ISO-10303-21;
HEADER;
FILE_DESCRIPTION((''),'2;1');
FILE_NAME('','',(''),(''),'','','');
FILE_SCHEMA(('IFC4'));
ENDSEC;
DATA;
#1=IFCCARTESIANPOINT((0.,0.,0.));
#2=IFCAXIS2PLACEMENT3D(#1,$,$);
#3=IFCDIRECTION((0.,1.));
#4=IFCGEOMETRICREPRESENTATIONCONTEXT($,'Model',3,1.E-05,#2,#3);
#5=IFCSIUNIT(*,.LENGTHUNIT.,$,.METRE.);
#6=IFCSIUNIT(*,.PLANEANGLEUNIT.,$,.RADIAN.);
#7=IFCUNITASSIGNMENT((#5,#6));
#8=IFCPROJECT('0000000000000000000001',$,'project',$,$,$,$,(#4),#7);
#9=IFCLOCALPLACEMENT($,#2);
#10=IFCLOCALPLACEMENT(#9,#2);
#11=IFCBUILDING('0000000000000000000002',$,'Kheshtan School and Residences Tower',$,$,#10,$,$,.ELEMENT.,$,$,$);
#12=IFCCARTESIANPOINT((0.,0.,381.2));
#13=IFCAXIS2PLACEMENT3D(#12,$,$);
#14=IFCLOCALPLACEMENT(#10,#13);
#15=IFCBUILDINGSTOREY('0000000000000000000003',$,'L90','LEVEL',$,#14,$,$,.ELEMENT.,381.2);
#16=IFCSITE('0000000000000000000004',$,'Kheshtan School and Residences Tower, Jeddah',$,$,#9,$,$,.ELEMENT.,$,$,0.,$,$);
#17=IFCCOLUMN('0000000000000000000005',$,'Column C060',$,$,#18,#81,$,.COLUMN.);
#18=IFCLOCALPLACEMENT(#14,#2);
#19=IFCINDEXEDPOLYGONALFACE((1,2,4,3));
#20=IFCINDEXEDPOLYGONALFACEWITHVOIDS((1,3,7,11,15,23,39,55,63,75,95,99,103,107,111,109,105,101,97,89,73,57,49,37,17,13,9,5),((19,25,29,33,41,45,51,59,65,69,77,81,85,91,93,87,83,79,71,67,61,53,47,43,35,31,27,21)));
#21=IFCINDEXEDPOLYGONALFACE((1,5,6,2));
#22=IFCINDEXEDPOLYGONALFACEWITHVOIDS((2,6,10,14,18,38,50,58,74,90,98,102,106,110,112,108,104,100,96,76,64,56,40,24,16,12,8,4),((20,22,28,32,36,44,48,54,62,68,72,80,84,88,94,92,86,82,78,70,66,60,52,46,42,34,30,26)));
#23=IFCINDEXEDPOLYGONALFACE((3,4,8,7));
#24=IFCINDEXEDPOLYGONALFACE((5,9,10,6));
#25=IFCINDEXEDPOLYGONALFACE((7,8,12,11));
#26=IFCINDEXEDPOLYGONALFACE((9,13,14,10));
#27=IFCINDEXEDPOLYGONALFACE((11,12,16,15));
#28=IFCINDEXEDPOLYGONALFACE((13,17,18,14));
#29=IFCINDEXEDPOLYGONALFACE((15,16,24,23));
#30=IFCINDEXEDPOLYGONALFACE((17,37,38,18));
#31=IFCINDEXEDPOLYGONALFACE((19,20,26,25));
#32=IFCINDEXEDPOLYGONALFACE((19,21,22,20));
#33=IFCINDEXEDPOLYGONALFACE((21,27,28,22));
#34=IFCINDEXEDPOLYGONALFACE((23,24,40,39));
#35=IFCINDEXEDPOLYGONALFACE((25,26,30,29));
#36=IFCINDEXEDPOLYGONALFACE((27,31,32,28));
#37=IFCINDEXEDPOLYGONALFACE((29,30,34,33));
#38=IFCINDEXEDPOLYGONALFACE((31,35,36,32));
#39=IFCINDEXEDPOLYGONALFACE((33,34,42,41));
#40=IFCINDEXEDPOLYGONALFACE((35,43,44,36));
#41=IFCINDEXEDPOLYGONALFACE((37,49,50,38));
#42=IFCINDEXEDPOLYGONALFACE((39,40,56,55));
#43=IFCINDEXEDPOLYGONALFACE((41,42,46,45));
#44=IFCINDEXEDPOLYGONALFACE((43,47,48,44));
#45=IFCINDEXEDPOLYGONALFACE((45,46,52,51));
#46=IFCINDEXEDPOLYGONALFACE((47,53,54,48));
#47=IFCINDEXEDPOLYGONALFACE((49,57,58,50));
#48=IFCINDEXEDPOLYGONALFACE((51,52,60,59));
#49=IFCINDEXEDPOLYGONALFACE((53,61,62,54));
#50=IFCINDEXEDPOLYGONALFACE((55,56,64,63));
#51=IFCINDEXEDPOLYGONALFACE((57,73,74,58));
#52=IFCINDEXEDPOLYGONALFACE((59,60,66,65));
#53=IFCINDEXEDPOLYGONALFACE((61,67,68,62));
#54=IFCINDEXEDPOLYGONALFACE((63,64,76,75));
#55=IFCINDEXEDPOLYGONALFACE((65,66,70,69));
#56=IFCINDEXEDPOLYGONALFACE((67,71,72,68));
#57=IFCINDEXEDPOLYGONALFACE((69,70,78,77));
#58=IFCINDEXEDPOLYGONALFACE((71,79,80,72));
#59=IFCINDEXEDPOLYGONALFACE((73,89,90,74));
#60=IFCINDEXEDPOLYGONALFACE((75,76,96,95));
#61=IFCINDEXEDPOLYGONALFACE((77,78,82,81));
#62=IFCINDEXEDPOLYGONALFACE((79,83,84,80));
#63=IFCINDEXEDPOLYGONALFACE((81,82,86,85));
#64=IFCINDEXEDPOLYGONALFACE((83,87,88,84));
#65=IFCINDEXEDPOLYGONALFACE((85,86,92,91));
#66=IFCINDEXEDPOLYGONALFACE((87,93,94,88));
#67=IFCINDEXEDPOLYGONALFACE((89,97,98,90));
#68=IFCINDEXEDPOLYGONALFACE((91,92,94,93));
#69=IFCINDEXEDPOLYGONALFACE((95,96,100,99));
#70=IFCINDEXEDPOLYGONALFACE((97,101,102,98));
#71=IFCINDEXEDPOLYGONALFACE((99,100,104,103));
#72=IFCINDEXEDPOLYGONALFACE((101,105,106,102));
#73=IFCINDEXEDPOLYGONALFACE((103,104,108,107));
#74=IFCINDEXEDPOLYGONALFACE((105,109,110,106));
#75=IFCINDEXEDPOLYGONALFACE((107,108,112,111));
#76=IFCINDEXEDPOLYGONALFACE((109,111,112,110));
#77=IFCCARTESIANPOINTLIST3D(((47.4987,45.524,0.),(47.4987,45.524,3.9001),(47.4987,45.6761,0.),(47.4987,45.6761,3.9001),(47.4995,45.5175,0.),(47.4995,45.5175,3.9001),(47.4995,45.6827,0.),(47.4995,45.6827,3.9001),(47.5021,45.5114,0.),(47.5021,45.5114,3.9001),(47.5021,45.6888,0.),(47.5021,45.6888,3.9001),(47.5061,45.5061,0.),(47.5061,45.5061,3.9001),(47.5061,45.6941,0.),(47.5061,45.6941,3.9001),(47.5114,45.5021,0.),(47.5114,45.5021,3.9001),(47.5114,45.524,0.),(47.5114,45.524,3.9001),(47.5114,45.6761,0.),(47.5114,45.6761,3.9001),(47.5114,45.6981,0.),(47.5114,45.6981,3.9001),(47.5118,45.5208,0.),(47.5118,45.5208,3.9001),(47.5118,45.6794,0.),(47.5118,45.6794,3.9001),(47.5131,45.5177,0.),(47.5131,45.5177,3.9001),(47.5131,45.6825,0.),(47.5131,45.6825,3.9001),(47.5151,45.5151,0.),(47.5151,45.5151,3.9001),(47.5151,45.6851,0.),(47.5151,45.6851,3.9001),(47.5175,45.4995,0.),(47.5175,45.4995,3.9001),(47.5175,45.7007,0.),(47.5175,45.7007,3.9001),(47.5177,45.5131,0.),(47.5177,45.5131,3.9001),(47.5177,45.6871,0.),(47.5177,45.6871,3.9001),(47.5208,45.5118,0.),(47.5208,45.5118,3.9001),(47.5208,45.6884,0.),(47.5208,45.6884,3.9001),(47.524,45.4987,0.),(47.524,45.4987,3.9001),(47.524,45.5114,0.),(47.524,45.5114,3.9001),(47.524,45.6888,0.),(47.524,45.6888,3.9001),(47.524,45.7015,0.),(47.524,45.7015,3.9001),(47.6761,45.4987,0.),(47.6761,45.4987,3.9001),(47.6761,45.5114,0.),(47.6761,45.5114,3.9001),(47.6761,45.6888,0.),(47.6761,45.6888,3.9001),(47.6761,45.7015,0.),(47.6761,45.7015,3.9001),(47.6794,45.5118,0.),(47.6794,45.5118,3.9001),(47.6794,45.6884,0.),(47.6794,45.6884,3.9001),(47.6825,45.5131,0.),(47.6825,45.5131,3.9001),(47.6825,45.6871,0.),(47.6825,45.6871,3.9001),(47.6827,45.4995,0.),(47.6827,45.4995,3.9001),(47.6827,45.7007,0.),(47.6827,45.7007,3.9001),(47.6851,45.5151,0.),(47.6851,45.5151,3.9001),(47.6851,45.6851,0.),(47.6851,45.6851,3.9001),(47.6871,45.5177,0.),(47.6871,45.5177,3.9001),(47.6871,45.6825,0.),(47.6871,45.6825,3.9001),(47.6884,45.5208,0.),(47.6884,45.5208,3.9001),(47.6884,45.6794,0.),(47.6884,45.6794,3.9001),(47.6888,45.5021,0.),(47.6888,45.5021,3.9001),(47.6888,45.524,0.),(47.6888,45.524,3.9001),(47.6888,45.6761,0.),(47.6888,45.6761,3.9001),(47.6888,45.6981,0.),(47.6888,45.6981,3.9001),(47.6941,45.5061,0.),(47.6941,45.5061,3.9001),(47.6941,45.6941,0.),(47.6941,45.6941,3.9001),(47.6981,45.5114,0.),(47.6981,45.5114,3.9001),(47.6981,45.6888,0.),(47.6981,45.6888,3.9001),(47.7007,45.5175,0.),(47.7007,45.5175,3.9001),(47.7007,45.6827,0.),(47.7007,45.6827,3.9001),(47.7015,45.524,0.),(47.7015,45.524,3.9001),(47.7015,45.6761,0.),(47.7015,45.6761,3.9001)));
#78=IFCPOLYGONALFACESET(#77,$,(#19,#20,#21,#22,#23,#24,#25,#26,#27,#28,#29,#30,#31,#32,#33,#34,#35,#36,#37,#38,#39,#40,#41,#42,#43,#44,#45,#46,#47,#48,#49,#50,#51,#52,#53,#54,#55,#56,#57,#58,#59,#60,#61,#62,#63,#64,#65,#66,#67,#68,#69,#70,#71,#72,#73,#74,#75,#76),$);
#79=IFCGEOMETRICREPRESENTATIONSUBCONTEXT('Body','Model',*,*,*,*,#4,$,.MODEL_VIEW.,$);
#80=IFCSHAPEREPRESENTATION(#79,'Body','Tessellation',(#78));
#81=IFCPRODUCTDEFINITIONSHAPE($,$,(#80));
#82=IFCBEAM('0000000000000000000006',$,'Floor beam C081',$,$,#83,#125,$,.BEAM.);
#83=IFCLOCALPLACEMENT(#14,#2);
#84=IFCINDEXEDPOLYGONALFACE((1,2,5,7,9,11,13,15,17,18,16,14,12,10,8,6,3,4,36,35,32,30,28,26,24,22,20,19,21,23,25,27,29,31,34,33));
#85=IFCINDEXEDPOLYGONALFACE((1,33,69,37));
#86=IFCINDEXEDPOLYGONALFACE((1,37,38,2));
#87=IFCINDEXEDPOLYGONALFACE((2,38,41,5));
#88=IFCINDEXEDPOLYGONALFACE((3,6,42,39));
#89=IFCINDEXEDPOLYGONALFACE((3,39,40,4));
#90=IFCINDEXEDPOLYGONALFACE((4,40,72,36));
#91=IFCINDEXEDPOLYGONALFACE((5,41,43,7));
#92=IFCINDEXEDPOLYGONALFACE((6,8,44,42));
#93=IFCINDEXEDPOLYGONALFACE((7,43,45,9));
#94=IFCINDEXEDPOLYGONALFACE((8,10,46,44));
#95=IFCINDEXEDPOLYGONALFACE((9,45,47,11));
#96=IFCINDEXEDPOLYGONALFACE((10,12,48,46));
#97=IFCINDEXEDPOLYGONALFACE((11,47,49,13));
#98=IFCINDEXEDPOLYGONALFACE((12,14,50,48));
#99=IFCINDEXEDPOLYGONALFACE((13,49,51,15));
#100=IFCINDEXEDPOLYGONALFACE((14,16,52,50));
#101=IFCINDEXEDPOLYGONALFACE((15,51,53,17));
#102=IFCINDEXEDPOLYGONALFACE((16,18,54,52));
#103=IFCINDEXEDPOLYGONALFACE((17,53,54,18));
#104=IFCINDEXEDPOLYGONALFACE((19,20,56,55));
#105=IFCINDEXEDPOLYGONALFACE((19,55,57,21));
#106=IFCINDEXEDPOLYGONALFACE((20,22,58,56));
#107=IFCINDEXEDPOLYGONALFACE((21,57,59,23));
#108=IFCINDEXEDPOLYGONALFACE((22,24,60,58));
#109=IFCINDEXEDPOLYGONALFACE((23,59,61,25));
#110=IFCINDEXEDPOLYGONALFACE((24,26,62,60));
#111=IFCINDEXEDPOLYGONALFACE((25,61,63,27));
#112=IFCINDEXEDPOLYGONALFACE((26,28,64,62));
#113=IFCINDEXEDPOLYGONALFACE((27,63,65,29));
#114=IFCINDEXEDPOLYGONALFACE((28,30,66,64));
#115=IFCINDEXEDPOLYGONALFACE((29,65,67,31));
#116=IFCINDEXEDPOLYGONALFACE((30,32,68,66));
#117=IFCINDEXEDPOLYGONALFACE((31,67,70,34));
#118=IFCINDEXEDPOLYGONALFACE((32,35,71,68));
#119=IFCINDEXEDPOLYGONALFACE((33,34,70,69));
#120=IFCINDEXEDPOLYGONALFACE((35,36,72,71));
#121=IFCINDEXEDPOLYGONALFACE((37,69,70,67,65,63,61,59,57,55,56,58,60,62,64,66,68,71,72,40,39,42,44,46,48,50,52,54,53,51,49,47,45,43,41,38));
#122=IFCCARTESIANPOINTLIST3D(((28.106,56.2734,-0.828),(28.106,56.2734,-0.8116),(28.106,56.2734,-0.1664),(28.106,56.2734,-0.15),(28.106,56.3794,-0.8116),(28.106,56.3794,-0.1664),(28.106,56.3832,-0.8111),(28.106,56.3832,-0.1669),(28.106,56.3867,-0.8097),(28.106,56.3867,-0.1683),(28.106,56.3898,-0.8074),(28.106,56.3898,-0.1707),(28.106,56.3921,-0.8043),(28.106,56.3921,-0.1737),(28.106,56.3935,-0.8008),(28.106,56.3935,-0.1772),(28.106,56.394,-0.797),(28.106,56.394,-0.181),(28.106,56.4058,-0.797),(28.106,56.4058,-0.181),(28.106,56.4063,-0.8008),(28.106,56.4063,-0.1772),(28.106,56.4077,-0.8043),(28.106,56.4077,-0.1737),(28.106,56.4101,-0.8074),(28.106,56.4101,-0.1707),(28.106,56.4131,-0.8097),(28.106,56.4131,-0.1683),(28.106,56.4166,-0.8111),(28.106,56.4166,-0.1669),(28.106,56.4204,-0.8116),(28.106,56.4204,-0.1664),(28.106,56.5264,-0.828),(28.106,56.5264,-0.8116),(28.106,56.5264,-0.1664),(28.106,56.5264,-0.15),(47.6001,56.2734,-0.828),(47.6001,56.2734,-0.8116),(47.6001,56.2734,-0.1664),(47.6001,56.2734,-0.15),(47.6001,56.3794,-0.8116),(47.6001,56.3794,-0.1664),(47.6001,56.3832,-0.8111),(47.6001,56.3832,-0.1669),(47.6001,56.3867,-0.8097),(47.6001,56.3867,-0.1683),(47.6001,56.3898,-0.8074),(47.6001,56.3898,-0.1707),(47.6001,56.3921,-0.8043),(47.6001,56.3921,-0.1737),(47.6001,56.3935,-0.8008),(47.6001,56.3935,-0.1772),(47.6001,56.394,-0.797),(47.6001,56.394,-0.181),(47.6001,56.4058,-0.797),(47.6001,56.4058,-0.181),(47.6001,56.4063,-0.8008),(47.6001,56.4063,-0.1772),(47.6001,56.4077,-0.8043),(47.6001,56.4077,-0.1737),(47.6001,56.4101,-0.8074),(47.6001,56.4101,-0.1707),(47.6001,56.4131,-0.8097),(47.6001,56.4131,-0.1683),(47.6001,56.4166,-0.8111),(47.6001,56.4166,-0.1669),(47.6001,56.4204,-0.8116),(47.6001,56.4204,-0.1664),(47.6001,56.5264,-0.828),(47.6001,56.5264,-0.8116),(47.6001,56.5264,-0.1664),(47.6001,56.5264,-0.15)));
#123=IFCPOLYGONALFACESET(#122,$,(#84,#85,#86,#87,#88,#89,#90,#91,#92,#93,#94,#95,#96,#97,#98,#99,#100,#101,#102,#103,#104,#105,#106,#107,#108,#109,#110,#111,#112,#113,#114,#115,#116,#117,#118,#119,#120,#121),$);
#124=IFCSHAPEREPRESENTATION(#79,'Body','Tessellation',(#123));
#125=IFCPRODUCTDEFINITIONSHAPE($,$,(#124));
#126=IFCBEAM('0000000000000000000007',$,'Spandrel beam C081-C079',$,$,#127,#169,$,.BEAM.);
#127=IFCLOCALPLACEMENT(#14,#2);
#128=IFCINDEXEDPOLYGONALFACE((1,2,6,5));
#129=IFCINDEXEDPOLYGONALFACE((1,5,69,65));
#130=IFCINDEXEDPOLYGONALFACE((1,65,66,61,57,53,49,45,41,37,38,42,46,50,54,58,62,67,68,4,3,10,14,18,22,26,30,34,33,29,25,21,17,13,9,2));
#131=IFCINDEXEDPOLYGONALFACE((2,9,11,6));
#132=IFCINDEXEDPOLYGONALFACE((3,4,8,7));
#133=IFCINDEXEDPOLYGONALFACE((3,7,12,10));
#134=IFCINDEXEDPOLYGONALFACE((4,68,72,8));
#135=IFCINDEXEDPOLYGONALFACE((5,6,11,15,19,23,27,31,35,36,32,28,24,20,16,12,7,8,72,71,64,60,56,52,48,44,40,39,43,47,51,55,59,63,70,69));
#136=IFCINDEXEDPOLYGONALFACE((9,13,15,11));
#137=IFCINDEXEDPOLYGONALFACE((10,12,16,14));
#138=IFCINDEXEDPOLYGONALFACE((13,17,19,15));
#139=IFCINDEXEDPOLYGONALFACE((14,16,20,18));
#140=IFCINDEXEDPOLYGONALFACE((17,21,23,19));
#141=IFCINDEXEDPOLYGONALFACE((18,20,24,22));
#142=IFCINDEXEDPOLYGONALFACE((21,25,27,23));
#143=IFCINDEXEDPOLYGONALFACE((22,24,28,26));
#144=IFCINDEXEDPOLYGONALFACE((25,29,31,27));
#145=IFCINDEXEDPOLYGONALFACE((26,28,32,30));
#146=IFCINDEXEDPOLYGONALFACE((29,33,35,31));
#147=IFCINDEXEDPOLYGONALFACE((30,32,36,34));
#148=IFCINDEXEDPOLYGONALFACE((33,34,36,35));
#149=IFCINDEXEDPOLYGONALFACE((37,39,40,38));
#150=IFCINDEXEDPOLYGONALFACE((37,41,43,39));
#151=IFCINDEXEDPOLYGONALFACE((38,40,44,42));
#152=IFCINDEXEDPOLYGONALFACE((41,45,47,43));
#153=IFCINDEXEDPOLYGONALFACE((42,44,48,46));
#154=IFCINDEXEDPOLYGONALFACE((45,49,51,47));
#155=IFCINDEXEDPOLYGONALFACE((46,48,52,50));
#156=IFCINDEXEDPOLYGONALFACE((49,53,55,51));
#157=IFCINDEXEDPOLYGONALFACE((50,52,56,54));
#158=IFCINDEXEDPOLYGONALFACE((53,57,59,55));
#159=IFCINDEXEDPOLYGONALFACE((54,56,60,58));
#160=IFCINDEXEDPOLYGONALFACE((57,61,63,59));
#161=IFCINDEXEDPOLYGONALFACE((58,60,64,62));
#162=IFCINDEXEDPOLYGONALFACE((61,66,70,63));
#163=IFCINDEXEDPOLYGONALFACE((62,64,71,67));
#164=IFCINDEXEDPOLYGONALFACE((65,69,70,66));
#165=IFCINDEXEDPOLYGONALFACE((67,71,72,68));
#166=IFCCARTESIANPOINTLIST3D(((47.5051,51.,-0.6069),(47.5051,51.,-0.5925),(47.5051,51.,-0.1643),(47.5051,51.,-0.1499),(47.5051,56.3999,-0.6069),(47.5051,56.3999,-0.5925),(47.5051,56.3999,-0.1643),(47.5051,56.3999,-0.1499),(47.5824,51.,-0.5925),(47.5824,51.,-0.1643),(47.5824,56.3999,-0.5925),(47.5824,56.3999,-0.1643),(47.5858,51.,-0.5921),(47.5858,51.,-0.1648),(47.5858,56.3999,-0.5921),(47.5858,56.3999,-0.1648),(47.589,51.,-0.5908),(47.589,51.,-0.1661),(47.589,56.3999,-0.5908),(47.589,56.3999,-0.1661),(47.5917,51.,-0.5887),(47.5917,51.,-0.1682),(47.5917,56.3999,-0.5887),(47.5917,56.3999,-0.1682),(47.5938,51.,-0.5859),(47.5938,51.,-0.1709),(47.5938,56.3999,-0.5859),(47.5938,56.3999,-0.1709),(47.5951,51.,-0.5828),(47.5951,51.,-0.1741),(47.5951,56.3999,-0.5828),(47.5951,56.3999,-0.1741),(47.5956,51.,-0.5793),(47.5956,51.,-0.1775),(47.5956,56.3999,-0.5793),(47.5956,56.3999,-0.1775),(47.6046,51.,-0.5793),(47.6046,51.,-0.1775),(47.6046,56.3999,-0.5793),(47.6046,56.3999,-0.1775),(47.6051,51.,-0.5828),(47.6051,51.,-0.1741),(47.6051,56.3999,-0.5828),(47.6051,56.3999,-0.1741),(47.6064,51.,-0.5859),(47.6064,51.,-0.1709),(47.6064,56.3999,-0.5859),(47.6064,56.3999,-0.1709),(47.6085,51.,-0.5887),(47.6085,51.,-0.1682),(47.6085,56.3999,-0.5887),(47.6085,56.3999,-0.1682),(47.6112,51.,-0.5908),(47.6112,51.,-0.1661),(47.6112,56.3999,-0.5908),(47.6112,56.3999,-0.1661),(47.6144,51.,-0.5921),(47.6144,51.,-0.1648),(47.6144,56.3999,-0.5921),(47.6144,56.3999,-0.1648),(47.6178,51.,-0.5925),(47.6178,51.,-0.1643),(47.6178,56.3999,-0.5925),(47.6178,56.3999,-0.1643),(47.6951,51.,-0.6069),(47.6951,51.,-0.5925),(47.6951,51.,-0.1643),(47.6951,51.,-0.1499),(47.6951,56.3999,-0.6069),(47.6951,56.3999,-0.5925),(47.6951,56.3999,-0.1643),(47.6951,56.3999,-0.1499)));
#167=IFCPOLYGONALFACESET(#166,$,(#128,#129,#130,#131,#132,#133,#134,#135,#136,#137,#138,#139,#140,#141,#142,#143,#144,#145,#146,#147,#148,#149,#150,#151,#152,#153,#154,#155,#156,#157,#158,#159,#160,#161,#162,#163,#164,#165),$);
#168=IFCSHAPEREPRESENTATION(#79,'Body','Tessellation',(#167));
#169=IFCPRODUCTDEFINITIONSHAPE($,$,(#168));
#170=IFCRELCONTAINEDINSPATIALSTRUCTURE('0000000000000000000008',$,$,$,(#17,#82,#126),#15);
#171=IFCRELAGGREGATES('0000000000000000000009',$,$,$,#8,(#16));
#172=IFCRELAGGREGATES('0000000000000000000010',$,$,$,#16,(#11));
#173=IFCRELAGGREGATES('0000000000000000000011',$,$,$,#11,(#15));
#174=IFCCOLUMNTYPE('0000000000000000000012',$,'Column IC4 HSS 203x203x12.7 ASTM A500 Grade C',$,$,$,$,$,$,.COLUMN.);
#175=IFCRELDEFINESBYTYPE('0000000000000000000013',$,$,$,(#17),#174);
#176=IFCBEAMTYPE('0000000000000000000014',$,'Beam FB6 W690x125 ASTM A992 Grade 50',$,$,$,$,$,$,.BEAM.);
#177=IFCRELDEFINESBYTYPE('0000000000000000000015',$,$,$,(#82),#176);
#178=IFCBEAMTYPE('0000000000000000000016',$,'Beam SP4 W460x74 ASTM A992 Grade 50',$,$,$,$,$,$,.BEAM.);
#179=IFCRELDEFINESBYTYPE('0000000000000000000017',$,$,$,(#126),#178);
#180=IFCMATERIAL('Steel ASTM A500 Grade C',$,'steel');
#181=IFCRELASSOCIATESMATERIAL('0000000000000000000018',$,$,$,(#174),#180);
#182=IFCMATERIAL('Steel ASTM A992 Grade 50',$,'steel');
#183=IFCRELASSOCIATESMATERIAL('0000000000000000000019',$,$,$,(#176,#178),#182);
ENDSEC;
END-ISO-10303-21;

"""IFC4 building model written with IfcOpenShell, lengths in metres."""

from ifc_helpers import new_model, si_unit, direction, frame, origin, origin_2d, place, context, subcontext, project, spatial, hollow_rectangle, i_section, extrude, material, material_profile, profile_set, type_object, element, save


model = new_model("IFC4")

# Units and contexts
model_context = context("Model", 3, precision=1e-05, world=origin(), true_north=direction((0.0, 1.0)))
body_context = subcontext(model_context, "Body", "Model", "MODEL_VIEW")
ifc_project = project(units=[si_unit("LENGTHUNIT", "METRE"), si_unit("PLANEANGLEUNIT", "RADIAN")], contexts=[model_context])

# Site, building, storey
site_placement = place(None, origin())
site = spatial("IfcSite", under=ifc_project, at=site_placement, Name="Kheshtan School and Residences Tower, Jeddah", CompositionType="ELEMENT", RefElevation=0.0)
building_placement = place(site_placement, origin())
building = spatial("IfcBuilding", under=site, at=building_placement, Name="Kheshtan School and Residences Tower", CompositionType="ELEMENT")
storey_placement = place(building_placement, frame((0.0, 0.0, 381.2)))
storey = spatial("IfcBuildingStorey", under=building, at=storey_placement, Name="L90", Description="LEVEL", CompositionType="ELEMENT", Elevation=381.2)

# Column
ifc_material_1 = material(Name="Steel ASTM A992 Grade 50", Category="steel")
ifc_material_2 = material(Name="Steel ASTM A500 Grade C", Category="steel")
ifc_material_profile_1 = material_profile(ifc_material_2, hollow_rectangle(XDim=0.2029, YDim=0.2029, WallThickness=0.0127, InnerFilletRadius=0.0127, OuterFilletRadius=0.0254, at=origin_2d()), Name="HSS 203x203x12.7")
ifc_profile_set_1 = profile_set([ifc_material_profile_1], Name="Steel ASTM A500 Grade C")
column_type_1 = type_object("IfcColumnType", Name="Column IC4 HSS 203x203x12.7 ASTM A500 Grade C", PredefinedType="COLUMN", material=ifc_profile_set_1)
column_placement = place(storey_placement, frame((47.6001, 45.6001, 0.0), z_axis=(0.0, 0.0, 1.0), x_axis=(1.0, 0.0, 0.0)))
element("IfcColumn", 1, at=column_placement, inside=storey, type_object=column_type_1, Name="Column C060", PredefinedType="COLUMN", context=body_context, shape_type="SweptSolid", body=[
    extrude(hollow_rectangle(XDim=0.2029, YDim=0.2029, WallThickness=0.0127, InnerFilletRadius=0.0127, OuterFilletRadius=0.0254, at=origin_2d()), origin(), (0.0, 0.0, 1.0), 3.9001),
])

# Beams
ifc_material_profile_2 = material_profile(ifc_material_1, i_section(OverallWidth=0.2529, OverallDepth=0.678, WebThickness=0.0117, FlangeThickness=0.0164, FilletRadius=0.0146, at=origin_2d()), Name="W690x125")
ifc_profile_set_2 = profile_set([ifc_material_profile_2], Name="Steel ASTM A992 Grade 50")
beam_type_1 = type_object("IfcBeamType", Name="Beam FB6 W690x125 ASTM A992 Grade 50", PredefinedType="BEAM", material=ifc_profile_set_2)
beam_1_placement = place(storey_placement, frame((47.6001, 56.3999, -0.489), z_axis=(-1.0, 0.0, 0.0), x_axis=(0.0, -1.0, 0.0)))
element("IfcBeam", 2, at=beam_1_placement, inside=storey, type_object=beam_type_1, Name="Floor beam C081", PredefinedType="BEAM", context=body_context, shape_type="SweptSolid", body=[
    extrude(i_section(OverallWidth=0.2529, OverallDepth=0.678, WebThickness=0.0117, FlangeThickness=0.0164, FilletRadius=0.0146, at=origin_2d()), origin(), (0.0, 0.0, 1.0), 19.4941),
])
ifc_material_profile_3 = material_profile(ifc_material_1, i_section(OverallWidth=0.1899, OverallDepth=0.457, WebThickness=0.009, FlangeThickness=0.0144, FilletRadius=0.0132, at=origin_2d()), Name="W460x74")
ifc_profile_set_3 = profile_set([ifc_material_profile_3], Name="Steel ASTM A992 Grade 50")
beam_type_2 = type_object("IfcBeamType", Name="Beam SP4 W460x74 ASTM A992 Grade 50", PredefinedType="BEAM", material=ifc_profile_set_3)
beam_2_placement = place(storey_placement, frame((47.6001, 56.3999, -0.3784), z_axis=(0.0, -1.0, 0.0), x_axis=(1.0, 0.0, 0.0)))
element("IfcBeam", 3, at=beam_2_placement, inside=storey, type_object=beam_type_2, Name="Spandrel beam C081-C079", PredefinedType="BEAM", context=body_context, shape_type="SweptSolid", body=[
    extrude(i_section(OverallWidth=0.1899, OverallDepth=0.457, WebThickness=0.009, FlangeThickness=0.0144, FilletRadius=0.0132, at=origin_2d()), origin(), (0.0, 0.0, 1.0), 5.3999),
])

save(model, "model.ifc")
